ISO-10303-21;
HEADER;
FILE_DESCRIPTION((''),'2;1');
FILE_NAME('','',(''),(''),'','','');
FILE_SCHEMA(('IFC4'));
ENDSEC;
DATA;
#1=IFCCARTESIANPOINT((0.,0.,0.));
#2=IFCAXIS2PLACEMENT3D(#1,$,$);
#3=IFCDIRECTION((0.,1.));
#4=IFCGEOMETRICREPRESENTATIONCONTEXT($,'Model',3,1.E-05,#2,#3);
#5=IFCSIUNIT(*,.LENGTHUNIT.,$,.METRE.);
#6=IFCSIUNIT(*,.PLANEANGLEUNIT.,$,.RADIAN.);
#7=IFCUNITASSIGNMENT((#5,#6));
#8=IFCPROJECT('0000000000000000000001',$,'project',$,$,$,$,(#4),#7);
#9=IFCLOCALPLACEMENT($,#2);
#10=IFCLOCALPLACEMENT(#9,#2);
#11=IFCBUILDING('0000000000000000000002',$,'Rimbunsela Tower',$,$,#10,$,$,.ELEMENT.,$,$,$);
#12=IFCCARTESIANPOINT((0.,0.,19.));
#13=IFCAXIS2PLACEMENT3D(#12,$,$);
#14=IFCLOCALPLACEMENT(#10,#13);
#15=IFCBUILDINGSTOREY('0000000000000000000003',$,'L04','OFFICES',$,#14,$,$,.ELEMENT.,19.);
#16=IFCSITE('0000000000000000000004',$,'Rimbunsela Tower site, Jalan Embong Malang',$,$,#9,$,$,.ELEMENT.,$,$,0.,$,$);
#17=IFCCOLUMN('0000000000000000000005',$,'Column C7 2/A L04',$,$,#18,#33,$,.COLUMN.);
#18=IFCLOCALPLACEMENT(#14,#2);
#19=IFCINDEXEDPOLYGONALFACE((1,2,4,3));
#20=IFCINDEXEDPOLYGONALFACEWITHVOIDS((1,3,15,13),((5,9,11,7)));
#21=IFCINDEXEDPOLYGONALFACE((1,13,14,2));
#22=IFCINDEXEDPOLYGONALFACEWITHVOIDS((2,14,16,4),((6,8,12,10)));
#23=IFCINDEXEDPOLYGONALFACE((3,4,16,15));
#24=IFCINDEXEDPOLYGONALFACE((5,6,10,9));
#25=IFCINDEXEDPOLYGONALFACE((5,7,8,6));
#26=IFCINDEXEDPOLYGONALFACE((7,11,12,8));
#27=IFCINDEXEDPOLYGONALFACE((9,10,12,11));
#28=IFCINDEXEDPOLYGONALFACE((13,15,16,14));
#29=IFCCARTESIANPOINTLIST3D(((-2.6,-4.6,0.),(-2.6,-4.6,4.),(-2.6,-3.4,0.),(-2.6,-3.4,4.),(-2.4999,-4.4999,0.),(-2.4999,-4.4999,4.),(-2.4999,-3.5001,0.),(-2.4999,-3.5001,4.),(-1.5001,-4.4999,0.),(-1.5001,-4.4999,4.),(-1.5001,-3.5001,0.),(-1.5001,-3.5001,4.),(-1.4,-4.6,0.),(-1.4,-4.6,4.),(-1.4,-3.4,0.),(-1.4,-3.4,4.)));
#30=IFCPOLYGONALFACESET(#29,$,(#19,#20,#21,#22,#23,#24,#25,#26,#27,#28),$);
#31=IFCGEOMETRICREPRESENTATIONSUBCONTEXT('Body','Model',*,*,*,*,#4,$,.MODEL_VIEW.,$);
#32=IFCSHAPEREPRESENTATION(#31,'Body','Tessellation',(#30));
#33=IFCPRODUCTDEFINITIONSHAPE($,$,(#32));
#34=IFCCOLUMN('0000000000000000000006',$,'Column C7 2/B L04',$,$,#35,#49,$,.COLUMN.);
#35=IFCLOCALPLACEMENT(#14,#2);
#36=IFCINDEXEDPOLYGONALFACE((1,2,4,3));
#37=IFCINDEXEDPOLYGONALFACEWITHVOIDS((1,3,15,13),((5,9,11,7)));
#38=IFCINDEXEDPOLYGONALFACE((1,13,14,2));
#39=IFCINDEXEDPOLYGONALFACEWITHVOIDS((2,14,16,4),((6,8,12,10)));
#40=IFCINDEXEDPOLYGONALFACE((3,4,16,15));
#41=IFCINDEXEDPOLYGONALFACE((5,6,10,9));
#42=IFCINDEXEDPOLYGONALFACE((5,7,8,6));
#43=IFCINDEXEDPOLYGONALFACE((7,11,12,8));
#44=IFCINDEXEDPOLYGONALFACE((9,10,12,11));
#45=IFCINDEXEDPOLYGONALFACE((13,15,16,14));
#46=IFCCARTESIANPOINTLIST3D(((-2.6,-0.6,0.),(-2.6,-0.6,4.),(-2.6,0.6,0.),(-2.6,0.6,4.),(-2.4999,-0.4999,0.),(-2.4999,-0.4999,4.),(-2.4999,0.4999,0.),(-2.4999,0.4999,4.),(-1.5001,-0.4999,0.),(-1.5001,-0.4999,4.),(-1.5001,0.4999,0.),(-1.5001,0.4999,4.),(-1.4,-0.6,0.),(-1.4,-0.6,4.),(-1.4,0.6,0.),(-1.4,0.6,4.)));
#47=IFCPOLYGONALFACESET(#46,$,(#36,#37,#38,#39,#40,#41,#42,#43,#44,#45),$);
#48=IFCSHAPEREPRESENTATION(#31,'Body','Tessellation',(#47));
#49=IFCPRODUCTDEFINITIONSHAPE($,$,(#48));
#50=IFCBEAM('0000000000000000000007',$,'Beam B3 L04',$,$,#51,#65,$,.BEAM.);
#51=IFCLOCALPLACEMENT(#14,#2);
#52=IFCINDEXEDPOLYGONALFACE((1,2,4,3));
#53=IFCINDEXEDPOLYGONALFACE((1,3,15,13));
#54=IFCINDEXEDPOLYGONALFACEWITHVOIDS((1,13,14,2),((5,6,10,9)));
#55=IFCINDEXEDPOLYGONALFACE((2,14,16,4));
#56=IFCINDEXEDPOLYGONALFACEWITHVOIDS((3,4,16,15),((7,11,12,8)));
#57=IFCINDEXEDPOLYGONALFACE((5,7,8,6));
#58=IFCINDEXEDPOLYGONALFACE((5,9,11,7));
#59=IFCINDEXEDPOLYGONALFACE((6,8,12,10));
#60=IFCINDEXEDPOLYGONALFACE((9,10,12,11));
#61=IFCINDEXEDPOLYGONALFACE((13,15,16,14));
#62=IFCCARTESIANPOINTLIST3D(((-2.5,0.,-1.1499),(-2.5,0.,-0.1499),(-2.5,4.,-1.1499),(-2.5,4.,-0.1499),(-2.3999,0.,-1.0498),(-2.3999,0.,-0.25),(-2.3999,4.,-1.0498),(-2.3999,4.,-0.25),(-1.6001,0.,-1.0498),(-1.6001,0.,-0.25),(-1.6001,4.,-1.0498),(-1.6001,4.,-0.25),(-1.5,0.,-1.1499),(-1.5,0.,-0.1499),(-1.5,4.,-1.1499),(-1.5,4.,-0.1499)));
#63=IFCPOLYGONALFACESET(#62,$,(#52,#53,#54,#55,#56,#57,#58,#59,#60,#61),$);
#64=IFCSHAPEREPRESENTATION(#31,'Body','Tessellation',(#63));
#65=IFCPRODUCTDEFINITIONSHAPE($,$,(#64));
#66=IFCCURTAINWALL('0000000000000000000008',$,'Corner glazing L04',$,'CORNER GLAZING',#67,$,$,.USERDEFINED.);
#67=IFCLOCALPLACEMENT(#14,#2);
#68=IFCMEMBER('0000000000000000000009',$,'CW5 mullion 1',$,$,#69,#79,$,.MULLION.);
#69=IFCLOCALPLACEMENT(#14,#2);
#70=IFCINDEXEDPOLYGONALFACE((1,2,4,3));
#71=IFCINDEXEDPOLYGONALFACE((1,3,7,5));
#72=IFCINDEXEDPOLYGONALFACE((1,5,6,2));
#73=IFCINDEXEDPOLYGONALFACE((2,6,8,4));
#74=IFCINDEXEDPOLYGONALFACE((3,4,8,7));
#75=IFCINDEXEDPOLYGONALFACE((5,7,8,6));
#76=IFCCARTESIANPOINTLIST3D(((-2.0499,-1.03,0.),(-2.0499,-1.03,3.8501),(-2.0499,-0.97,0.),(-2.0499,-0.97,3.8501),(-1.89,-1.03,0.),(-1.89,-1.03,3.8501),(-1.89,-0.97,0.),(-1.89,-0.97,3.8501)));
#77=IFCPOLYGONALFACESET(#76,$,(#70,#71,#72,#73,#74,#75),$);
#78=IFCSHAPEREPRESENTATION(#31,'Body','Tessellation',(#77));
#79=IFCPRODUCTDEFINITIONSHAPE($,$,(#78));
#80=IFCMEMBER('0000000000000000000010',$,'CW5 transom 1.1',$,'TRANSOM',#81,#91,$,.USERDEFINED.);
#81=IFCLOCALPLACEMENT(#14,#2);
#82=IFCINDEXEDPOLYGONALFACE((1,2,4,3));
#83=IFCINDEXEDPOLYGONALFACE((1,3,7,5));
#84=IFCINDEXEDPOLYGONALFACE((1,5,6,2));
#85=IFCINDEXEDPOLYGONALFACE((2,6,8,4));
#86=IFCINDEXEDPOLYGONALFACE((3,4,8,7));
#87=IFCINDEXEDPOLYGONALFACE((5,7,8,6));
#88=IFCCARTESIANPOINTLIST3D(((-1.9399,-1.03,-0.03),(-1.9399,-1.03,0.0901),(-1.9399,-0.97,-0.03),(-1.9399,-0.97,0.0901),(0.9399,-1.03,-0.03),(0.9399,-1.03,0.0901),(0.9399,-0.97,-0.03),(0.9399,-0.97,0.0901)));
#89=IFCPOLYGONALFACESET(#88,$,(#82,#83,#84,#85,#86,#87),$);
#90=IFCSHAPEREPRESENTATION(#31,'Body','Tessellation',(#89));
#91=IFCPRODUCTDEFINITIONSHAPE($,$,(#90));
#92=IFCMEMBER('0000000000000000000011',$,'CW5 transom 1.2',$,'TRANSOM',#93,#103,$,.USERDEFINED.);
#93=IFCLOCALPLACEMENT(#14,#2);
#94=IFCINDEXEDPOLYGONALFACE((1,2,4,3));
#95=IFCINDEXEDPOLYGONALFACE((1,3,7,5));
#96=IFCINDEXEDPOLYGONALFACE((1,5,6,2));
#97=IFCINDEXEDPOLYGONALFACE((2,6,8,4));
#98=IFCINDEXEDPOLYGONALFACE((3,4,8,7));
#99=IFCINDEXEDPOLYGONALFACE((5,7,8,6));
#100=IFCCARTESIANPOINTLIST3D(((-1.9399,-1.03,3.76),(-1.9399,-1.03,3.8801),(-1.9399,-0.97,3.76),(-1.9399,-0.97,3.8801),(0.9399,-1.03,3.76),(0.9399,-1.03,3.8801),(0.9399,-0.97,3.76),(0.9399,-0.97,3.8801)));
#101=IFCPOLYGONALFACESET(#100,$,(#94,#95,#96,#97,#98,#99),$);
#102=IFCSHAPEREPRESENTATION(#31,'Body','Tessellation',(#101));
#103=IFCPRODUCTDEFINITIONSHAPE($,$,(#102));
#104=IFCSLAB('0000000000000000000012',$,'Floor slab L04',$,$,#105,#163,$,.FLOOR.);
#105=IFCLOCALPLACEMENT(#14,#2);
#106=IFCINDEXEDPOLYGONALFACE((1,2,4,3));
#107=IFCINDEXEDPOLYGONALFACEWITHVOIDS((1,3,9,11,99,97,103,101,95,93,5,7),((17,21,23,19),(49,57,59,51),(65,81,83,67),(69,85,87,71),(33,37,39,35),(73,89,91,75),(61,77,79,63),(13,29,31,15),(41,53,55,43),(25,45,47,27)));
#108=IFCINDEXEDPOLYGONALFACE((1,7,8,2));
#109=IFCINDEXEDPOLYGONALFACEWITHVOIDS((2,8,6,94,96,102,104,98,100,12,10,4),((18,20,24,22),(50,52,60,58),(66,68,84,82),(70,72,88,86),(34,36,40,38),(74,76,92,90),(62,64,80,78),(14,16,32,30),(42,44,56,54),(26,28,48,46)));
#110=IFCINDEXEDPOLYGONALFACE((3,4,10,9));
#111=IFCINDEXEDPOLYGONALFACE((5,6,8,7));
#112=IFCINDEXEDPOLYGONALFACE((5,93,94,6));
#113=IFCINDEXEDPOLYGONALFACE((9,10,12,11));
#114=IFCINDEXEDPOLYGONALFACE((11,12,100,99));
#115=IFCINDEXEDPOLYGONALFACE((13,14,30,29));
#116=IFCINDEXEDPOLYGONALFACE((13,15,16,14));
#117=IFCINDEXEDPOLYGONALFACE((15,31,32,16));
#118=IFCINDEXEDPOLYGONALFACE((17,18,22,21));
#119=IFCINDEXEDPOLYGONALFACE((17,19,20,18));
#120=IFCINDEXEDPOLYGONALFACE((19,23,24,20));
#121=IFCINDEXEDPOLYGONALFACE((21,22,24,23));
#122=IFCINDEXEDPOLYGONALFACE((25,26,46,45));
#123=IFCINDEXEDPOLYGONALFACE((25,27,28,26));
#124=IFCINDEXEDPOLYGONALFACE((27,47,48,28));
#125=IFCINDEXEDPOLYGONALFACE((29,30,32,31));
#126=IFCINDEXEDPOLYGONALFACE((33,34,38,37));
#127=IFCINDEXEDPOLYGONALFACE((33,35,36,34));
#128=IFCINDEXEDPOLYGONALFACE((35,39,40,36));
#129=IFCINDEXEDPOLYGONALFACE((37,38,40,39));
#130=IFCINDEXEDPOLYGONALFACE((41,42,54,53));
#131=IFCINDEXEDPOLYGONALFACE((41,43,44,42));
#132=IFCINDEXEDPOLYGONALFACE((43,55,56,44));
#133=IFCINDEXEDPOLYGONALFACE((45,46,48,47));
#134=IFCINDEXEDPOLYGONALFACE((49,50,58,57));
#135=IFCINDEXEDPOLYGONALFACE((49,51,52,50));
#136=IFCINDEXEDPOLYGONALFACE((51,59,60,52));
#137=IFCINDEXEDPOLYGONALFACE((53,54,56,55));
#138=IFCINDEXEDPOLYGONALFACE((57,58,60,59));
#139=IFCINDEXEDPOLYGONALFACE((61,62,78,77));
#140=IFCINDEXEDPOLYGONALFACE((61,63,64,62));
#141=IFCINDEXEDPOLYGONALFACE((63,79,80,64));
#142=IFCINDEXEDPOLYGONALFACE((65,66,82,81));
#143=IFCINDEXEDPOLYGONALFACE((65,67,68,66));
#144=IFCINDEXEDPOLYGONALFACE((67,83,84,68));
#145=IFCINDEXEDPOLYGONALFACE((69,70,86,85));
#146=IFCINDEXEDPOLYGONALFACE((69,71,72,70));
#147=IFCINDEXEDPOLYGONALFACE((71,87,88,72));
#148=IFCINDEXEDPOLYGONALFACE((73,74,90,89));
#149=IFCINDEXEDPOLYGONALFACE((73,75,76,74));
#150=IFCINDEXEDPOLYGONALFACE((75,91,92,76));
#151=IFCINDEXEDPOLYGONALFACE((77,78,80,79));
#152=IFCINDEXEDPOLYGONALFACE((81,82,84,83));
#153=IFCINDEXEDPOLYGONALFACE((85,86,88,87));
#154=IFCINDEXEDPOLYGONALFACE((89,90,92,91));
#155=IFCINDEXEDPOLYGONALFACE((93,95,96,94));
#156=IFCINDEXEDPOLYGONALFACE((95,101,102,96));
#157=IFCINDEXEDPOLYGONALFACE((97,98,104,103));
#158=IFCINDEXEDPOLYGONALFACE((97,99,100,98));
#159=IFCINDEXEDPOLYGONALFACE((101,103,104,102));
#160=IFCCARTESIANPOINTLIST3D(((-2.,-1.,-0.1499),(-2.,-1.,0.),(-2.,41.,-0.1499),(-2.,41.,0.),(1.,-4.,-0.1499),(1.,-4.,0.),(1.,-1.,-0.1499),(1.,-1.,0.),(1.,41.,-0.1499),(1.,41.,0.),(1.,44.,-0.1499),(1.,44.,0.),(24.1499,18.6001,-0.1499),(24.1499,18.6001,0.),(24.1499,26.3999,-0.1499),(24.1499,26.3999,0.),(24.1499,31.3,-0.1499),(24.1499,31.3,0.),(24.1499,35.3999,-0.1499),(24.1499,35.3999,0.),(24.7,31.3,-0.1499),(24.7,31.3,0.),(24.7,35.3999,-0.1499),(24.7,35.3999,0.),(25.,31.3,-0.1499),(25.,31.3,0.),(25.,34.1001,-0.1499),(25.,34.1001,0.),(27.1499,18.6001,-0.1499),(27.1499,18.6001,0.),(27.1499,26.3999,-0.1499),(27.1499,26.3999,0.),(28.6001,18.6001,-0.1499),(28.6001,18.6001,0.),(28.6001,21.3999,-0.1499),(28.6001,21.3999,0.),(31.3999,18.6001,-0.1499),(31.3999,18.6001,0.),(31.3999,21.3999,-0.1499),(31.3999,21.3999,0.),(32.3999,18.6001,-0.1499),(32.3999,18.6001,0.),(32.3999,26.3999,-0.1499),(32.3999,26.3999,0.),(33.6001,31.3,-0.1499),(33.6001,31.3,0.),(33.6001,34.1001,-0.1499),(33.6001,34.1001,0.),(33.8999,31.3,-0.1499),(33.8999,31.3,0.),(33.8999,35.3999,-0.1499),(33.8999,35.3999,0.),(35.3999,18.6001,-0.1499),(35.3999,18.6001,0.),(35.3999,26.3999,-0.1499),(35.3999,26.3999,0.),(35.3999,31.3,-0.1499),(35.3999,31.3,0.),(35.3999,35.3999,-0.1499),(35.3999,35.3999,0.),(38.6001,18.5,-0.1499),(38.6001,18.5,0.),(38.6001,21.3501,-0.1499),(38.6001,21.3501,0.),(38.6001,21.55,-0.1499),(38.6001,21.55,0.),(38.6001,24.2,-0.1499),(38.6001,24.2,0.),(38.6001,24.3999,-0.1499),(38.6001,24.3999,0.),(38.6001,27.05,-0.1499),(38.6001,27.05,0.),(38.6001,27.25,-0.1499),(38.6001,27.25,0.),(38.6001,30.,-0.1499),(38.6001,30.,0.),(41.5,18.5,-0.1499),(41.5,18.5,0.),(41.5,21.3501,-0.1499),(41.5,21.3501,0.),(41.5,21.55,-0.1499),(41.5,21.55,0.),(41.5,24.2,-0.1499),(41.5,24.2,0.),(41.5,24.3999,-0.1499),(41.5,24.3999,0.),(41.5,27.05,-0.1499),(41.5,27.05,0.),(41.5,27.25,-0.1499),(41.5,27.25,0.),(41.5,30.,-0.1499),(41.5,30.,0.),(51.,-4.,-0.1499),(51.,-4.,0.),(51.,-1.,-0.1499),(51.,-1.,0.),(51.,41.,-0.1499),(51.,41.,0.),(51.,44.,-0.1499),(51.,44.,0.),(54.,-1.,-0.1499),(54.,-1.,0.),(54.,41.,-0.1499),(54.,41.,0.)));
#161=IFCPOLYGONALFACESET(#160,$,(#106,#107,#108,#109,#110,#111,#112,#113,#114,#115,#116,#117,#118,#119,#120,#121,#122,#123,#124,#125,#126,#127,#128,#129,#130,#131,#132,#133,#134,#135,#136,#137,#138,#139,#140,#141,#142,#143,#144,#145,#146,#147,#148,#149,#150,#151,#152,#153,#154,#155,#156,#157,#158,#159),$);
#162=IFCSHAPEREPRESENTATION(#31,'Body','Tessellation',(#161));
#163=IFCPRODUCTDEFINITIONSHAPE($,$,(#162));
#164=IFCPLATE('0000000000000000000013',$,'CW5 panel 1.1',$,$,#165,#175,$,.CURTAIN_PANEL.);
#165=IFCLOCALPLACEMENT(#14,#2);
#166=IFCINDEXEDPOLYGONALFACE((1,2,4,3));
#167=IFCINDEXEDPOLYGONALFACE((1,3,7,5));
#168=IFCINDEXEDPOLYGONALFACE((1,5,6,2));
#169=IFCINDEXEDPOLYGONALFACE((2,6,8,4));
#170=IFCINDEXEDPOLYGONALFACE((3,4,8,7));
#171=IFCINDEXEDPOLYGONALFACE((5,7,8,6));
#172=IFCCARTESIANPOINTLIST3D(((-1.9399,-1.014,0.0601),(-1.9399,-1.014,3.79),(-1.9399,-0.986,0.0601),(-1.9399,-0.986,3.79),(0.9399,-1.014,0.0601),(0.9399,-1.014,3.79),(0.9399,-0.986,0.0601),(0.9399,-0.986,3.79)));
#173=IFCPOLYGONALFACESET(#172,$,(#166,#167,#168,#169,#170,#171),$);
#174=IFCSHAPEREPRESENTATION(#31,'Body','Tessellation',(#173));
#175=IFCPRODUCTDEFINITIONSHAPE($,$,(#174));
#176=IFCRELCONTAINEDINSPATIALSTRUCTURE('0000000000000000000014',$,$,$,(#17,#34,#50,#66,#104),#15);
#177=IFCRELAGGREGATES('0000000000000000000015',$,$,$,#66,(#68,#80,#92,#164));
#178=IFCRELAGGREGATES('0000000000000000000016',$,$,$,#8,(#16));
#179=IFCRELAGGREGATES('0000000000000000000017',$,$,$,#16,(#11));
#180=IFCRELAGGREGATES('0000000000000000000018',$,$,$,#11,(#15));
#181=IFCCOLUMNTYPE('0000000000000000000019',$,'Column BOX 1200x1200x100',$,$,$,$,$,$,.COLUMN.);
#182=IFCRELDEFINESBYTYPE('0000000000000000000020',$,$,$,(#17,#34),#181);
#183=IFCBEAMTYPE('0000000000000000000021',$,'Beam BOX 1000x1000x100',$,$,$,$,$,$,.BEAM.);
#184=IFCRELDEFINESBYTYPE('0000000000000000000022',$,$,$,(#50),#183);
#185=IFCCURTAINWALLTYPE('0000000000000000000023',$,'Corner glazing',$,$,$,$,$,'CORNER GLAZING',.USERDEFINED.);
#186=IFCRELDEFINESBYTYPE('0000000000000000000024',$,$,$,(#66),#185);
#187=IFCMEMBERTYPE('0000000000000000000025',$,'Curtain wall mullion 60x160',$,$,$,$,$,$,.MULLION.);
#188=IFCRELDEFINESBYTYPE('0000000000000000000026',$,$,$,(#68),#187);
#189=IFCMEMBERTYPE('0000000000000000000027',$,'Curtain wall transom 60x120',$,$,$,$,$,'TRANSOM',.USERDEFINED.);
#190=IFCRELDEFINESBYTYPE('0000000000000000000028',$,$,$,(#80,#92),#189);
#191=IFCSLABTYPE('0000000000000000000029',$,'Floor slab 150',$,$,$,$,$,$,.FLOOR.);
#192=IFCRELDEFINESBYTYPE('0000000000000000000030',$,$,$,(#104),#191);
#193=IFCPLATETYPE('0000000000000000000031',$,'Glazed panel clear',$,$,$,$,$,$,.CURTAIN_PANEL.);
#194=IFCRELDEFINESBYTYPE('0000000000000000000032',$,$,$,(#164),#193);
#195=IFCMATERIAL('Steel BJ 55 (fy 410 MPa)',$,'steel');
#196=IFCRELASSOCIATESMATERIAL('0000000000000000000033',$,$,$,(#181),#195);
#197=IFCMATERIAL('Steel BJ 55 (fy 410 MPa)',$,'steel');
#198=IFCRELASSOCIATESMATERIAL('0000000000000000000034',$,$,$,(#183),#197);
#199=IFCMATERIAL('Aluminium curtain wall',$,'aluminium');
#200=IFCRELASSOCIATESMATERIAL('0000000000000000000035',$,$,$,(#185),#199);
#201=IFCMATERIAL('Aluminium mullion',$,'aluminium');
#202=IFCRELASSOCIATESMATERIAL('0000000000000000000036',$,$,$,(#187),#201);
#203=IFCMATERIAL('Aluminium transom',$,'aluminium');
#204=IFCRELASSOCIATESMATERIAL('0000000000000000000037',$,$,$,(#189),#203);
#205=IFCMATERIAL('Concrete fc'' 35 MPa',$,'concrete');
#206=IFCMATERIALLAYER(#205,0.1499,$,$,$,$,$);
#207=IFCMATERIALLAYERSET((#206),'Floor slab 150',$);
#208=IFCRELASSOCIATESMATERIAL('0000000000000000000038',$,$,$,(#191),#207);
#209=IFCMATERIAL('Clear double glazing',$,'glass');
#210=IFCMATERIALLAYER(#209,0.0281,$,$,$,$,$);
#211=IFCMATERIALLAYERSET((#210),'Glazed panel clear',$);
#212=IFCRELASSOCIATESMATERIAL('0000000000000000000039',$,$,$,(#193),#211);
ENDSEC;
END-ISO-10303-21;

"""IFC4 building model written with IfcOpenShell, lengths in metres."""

from ifc_helpers import new_model, si_unit, direction, frame, origin, origin_2d, place, context, subcontext, project, spatial, polyline, rectangle, hollow_rectangle, outline, extrude, material, layer, layer_set, material_profile, profile_set, type_object, element, aggregate, save


model = new_model("IFC4")

# Units and contexts
model_context = context("Model", 3, precision=1e-05, world=origin(), true_north=direction((0.0, 1.0)))
body_context = subcontext(model_context, "Body", "Model", "MODEL_VIEW")
ifc_project = project(units=[si_unit("LENGTHUNIT", "METRE"), si_unit("PLANEANGLEUNIT", "RADIAN")], contexts=[model_context])

# Site, building, storey
site_placement = place(None, origin())
site = spatial("IfcSite", under=ifc_project, at=site_placement, Name="Rimbunsela Tower site, Jalan Embong Malang", CompositionType="ELEMENT", RefElevation=0.0)
building_placement = place(site_placement, origin())
building = spatial("IfcBuilding", under=site, at=building_placement, Name="Rimbunsela Tower", CompositionType="ELEMENT")
storey_placement = place(building_placement, frame((0.0, 0.0, 19.0)))
storey = spatial("IfcBuildingStorey", under=building, at=storey_placement, Name="L04", Description="OFFICES", CompositionType="ELEMENT", Elevation=19.0)

# Columns
ifc_material_1 = material(Name="Steel BJ 55 (fy 410 MPa)", Category="steel")
ifc_material_profile_1 = material_profile(ifc_material_1, hollow_rectangle(XDim=1.2, YDim=1.2, WallThickness=0.1001, at=origin_2d()), Name="BOX 1200x1200x100")
ifc_profile_set_1 = profile_set([ifc_material_profile_1], Name="Steel BJ 55 (fy 410 MPa)")
column_type = type_object("IfcColumnType", Name="Column BOX 1200x1200x100", PredefinedType="COLUMN", material=ifc_profile_set_1)
for number, where, z_axis, x_axis, name in (
    (1, (-2.0, -4.0, 0.0), (0.0, 0.0, 1.0), (1.0, 0.0, 0.0), "Column C7 2/A L04"),
    (2, (-2.0, 0.0, 0.0), (0.0, 0.0, 1.0), (1.0, 0.0, 0.0), "Column C7 2/B L04"),
):
    element("IfcColumn", number, at=place(storey_placement, frame(where, z_axis=z_axis, x_axis=x_axis)), inside=storey, type_object=column_type, Name=name, PredefinedType="COLUMN", context=body_context, shape_type="SweptSolid", body=[
        extrude(hollow_rectangle(XDim=1.2, YDim=1.2, WallThickness=0.1001, at=origin_2d()), origin(), (0.0, 0.0, 1.0), 4.0),
    ])

# Beam
ifc_material_2 = material(Name="Steel BJ 55 (fy 410 MPa)", Category="steel")
ifc_material_profile_2 = material_profile(ifc_material_2, hollow_rectangle(XDim=1.0, YDim=1.0, WallThickness=0.1001, at=origin_2d()), Name="BOX 1000x1000x100")
ifc_profile_set_2 = profile_set([ifc_material_profile_2], Name="Steel BJ 55 (fy 410 MPa)")
beam_type = type_object("IfcBeamType", Name="Beam BOX 1000x1000x100", PredefinedType="BEAM", material=ifc_profile_set_2)
beam_placement = place(storey_placement, frame((-2.0, 0.0, -0.6499), z_axis=(0.0, 1.0, 0.0), x_axis=(-1.0, 0.0, 0.0)))
element("IfcBeam", 3, at=beam_placement, inside=storey, type_object=beam_type, Name="Beam B3 L04", PredefinedType="BEAM", context=body_context, shape_type="SweptSolid", body=[
    extrude(hollow_rectangle(XDim=1.0, YDim=1.0, WallThickness=0.1001, at=origin_2d()), origin(), (0.0, 0.0, 1.0), 4.0),
])

# Curtain wall, members
ifc_material_3 = material(Name="Aluminium curtain wall", Category="aluminium")
curtain_wall_type = type_object("IfcCurtainWallType", Name="Corner glazing", ElementType="CORNER GLAZING", PredefinedType="USERDEFINED", material=ifc_material_3)
curtain_wall_placement = place(storey_placement, origin())
curtain_wall = element("IfcCurtainWall", 4, at=curtain_wall_placement, inside=storey, type_object=curtain_wall_type, Name="Corner glazing L04", ObjectType="CORNER GLAZING", PredefinedType="USERDEFINED")
ifc_material_4 = material(Name="Aluminium mullion", Category="aluminium")
ifc_material_profile_3 = material_profile(ifc_material_4, rectangle(XDim=0.0601, YDim=0.1599, at=origin_2d()), Name="Mullion 60x160")
ifc_profile_set_3 = profile_set([ifc_material_profile_3], Name="Aluminium mullion")
member_type_1 = type_object("IfcMemberType", Name="Curtain wall mullion 60x160", PredefinedType="MULLION", material=ifc_profile_set_3)
member_1_placement = place(storey_placement, frame((-1.97, -1.0, 0.0), z_axis=(0.0, 0.0, 1.0), x_axis=(0.0, 1.0, 0.0)))
member_1 = element("IfcMember", 5, at=member_1_placement, type_object=member_type_1, Name="CW5 mullion 1", PredefinedType="MULLION", context=body_context, shape_type="SweptSolid", body=[
    extrude(rectangle(XDim=0.0601, YDim=0.1599, at=origin_2d()), origin(), (0.0, 0.0, 1.0), 3.8501),
])
ifc_material_5 = material(Name="Aluminium transom", Category="aluminium")
ifc_material_profile_4 = material_profile(ifc_material_5, rectangle(XDim=0.0601, YDim=0.1201, at=origin_2d()), Name="Transom 60x120")
ifc_profile_set_4 = profile_set([ifc_material_profile_4], Name="Aluminium transom")
member_type_2 = type_object("IfcMemberType", Name="Curtain wall transom 60x120", ElementType="TRANSOM", PredefinedType="USERDEFINED", material=ifc_profile_set_4)
member_2_placement = place(storey_placement, frame((-1.9399, -1.0, 0.03), z_axis=(1.0, 0.0, 0.0), x_axis=(0.0, 1.0, 0.0)))
member_2 = element("IfcMember", 6, at=member_2_placement, type_object=member_type_2, Name="CW5 transom 1.1", ObjectType="TRANSOM", PredefinedType="USERDEFINED", context=body_context, shape_type="SweptSolid", body=[
    extrude(rectangle(XDim=0.0601, YDim=0.1201, at=origin_2d()), origin(), (0.0, 0.0, 1.0), 2.8799),
])
member_3_placement = place(storey_placement, frame((-1.9399, -1.0, 3.8201), z_axis=(1.0, 0.0, 0.0), x_axis=(0.0, 1.0, 0.0)))
member_3 = element("IfcMember", 7, at=member_3_placement, type_object=member_type_2, Name="CW5 transom 1.2", ObjectType="TRANSOM", PredefinedType="USERDEFINED", context=body_context, shape_type="SweptSolid", body=[
    extrude(rectangle(XDim=0.0601, YDim=0.1201, at=origin_2d()), origin(), (0.0, 0.0, 1.0), 2.8799),
])

# Slab
ifc_material_6 = material(Name="Concrete fc' 35 MPa", Category="concrete")
ifc_layer_1 = layer(ifc_material_6, 0.1499)
ifc_layer_set_1 = layer_set([ifc_layer_1], Name="Floor slab 150")
slab_type_1 = type_object("IfcSlabType", Name="Floor slab 150", PredefinedType="FLOOR", material=ifc_layer_set_1)
slab_1_placement = place(storey_placement, frame((0.0, 0.0, -0.1499)))
element("IfcSlab", 8, at=slab_1_placement, inside=storey, type_object=slab_type_1, Name="Floor slab L04", PredefinedType="FLOOR", context=body_context, shape_type="SweptSolid", body=[
    extrude(outline(polyline([(1.0, -4.0), (51.0, -4.0), (51.0, -1.0), (54.0, -1.0), (54.0, 41.0), (51.0, 41.0), (51.0, 44.0), (1.0, 44.0), (1.0, 41.0), (-2.0, 41.0), (-2.0, -1.0), (1.0, -1.0), (1.0, -4.0)]), holes=[polyline([(27.1499, 18.6001), (27.1499, 26.3999), (24.1499, 26.3999), (24.1499, 18.6001), (27.1499, 18.6001)]), polyline([(24.7, 31.3), (24.7, 35.3999), (24.1499, 35.3999), (24.1499, 31.3), (24.7, 31.3)]), polyline([(25.0, 34.1001), (25.0, 31.3), (33.6001, 31.3), (33.6001, 34.1001), (25.0, 34.1001)]), polyline([(31.3999, 21.3999), (28.6001, 21.3999), (28.6001, 18.6001), (31.3999, 18.6001), (31.3999, 21.3999)]), polyline([(35.3999, 18.6001), (35.3999, 26.3999), (32.3999, 26.3999), (32.3999, 18.6001), (35.3999, 18.6001)]), polyline([(35.3999, 31.3), (35.3999, 35.3999), (33.8999, 35.3999), (33.8999, 31.3), (35.3999, 31.3)]), polyline([(41.5, 21.3501), (38.6001, 21.3501), (38.6001, 18.5), (41.5, 18.5), (41.5, 21.3501)]), polyline([(41.5, 21.55), (41.5, 24.2), (38.6001, 24.2), (38.6001, 21.55), (41.5, 21.55)]), polyline([(41.5, 27.05), (38.6001, 27.05), (38.6001, 24.3999), (41.5, 24.3999), (41.5, 27.05)]), polyline([(41.5, 27.25), (41.5, 30.0), (38.6001, 30.0), (38.6001, 27.25), (41.5, 27.25)])]), origin(), (0.0, 0.0, 1.0), 0.1499),
])

# Plate
ifc_material_7 = material(Name="Clear double glazing", Category="glass")
ifc_layer_2 = layer(ifc_material_7, 0.0281)
ifc_layer_set_2 = layer_set([ifc_layer_2], Name="Glazed panel clear")
plate_type = type_object("IfcPlateType", Name="Glazed panel clear", PredefinedType="CURTAIN_PANEL", material=ifc_layer_set_2)
plate_placement = place(storey_placement, frame((-0.5, -1.0, 0.0601), z_axis=(0.0, 0.0, 1.0), x_axis=(1.0, 0.0, 0.0)))
plate = element("IfcPlate", 9, at=plate_placement, type_object=plate_type, Name="CW5 panel 1.1", PredefinedType="CURTAIN_PANEL", context=body_context, shape_type="SweptSolid", body=[
    extrude(rectangle(XDim=2.8799, YDim=0.0281, at=origin_2d()), origin(), (0.0, 0.0, 1.0), 3.73),
])
aggregate(curtain_wall, [member_1, member_2, member_3, plate])

save(model, "model.ifc")
